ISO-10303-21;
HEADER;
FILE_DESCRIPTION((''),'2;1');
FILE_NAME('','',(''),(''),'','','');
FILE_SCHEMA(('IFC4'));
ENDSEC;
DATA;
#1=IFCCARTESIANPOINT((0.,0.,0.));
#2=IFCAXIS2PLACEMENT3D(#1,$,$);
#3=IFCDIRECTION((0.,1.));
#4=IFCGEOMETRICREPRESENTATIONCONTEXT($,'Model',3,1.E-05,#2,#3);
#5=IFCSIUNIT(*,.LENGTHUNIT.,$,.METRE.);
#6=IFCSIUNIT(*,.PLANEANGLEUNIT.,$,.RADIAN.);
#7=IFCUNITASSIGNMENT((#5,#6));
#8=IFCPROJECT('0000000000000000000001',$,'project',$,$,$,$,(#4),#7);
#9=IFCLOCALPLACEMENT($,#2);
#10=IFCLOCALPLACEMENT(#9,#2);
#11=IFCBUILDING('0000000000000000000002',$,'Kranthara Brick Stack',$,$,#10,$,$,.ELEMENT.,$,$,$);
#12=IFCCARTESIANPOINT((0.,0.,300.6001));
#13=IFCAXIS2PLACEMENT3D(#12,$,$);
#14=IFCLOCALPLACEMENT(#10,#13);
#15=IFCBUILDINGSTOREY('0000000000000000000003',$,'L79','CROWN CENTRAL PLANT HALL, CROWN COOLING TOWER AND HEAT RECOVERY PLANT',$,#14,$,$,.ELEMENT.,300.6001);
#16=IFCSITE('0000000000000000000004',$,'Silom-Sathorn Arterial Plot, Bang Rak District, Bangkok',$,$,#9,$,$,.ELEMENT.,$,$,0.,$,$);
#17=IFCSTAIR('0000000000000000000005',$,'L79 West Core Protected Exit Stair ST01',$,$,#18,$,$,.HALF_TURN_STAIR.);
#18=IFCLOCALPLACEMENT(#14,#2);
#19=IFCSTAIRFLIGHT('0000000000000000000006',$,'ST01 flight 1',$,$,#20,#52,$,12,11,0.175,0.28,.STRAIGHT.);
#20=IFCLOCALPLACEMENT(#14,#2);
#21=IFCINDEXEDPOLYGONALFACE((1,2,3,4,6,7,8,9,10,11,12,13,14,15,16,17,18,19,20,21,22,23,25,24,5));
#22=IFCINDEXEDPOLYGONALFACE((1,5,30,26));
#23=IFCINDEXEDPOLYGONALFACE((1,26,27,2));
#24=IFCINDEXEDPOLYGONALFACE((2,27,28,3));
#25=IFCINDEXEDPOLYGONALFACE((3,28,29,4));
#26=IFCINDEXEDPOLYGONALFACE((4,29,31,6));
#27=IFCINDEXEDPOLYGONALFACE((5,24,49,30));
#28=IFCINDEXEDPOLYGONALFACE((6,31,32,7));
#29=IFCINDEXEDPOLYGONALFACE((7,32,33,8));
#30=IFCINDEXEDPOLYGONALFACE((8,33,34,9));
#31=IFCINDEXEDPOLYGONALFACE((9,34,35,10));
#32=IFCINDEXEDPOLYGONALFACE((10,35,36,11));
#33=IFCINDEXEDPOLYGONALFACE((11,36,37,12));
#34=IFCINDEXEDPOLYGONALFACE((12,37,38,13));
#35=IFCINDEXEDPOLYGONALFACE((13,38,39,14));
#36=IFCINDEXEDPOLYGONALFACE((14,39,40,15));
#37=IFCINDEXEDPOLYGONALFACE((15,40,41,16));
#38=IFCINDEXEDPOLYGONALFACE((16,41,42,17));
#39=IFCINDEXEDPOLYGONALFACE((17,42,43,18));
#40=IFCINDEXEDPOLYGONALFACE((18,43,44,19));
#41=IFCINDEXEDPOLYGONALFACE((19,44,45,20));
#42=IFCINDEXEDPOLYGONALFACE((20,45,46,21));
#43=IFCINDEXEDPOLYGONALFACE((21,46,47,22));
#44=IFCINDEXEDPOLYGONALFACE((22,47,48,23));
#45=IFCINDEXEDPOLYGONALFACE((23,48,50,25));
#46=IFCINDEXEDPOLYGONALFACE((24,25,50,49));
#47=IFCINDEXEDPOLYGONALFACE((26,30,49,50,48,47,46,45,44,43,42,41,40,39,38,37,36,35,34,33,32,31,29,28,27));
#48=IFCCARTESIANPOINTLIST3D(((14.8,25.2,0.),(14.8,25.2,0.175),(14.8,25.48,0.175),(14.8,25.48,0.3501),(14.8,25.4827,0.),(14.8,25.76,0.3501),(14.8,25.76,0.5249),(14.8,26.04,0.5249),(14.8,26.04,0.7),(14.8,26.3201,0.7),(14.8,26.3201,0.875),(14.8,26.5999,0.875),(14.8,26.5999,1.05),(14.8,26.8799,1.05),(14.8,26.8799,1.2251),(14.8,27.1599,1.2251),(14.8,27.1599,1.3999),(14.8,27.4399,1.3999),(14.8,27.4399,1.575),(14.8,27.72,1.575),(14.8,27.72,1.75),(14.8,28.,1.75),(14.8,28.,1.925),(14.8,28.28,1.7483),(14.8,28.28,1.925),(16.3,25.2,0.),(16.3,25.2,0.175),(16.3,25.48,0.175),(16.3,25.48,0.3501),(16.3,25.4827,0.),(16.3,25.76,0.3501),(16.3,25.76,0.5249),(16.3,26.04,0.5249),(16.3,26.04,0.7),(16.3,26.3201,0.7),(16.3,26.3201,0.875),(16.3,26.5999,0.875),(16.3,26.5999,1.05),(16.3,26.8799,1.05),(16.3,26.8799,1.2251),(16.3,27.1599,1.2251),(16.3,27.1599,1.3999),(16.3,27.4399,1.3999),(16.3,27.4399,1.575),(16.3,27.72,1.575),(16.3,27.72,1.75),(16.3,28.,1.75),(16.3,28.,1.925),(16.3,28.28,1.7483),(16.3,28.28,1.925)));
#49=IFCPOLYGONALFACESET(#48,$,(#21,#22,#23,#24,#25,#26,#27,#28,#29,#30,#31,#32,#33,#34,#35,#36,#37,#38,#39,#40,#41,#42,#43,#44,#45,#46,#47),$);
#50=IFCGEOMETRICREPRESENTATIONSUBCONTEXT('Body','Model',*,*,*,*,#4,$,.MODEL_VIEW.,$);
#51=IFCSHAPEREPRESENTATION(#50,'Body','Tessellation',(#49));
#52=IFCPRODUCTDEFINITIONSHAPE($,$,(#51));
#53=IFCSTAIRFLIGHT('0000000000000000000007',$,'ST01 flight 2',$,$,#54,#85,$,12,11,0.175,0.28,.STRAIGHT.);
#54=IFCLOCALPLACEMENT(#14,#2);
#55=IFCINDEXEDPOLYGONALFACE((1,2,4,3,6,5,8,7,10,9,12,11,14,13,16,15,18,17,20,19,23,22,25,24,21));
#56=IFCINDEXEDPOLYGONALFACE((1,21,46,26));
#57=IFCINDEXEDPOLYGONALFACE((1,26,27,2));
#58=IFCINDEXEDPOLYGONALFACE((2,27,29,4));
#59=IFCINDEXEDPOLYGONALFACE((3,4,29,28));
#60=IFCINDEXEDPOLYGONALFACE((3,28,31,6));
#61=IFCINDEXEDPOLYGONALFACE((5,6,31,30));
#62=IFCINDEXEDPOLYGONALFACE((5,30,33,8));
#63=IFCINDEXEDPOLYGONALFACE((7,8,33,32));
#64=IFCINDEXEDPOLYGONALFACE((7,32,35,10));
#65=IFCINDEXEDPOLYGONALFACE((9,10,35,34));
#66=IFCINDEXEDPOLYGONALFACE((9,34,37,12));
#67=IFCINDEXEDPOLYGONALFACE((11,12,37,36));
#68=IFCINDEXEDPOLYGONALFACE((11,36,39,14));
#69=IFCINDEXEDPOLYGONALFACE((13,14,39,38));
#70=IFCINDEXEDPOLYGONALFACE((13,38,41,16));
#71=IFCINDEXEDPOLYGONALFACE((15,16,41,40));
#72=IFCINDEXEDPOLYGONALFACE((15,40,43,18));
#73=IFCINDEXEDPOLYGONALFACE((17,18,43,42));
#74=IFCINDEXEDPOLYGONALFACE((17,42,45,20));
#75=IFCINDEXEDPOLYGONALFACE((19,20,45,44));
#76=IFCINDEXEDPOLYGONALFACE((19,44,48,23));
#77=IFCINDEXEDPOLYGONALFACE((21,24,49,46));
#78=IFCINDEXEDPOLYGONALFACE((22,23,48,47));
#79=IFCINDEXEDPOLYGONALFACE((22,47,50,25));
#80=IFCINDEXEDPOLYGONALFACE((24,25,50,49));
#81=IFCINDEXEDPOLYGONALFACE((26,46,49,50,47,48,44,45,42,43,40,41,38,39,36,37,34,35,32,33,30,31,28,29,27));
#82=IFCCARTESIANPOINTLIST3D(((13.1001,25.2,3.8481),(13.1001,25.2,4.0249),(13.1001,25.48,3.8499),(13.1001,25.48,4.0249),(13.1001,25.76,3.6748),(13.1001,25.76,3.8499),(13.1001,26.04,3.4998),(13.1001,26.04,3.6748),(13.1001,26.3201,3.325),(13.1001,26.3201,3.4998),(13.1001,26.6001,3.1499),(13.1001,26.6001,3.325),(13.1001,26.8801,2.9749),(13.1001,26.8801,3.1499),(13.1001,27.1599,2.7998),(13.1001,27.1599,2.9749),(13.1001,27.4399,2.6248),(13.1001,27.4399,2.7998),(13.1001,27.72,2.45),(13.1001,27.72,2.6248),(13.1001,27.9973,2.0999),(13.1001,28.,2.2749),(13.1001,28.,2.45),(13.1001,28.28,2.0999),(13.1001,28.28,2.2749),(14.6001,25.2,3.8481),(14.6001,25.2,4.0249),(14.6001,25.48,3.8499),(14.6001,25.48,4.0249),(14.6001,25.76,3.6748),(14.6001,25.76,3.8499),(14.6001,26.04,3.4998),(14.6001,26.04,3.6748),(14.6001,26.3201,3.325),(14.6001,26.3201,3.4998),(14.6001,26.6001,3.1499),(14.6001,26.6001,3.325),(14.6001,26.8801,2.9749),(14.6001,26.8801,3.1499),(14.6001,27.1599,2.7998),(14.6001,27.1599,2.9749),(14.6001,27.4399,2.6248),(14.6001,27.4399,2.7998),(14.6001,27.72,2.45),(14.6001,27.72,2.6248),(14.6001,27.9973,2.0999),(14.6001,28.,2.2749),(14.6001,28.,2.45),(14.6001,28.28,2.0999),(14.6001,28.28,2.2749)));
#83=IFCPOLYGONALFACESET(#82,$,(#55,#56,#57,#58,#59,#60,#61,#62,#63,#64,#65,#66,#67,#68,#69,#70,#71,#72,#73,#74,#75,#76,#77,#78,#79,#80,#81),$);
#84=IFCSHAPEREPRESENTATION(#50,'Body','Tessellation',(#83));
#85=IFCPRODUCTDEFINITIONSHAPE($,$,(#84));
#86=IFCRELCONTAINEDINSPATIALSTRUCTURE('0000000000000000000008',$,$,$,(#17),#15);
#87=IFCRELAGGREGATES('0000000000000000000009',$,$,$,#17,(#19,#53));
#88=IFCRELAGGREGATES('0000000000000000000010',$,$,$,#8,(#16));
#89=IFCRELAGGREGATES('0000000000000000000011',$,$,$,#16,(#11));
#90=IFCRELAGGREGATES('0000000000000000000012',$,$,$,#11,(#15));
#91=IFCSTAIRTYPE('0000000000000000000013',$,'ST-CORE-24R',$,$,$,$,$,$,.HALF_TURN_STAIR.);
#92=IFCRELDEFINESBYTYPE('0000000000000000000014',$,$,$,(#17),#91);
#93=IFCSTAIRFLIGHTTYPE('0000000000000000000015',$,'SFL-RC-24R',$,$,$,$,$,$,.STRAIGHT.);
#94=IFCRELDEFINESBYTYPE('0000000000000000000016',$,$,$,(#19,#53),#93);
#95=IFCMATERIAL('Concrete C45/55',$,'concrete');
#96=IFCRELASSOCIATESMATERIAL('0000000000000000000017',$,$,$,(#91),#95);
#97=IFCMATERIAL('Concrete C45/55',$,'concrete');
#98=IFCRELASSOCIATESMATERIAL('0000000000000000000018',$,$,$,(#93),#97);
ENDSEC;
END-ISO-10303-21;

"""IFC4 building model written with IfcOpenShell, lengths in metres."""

from ifc_helpers import new_model, si_unit, direction, frame, origin, place, context, subcontext, project, spatial, polyline, outline, extrude, material, type_object, element, aggregate, save


model = new_model("IFC4")

# Units and contexts
model_context = context("Model", 3, precision=1e-05, world=origin(), true_north=direction((0.0, 1.0)))
body_context = subcontext(model_context, "Body", "Model", "MODEL_VIEW")
ifc_project = project(units=[si_unit("LENGTHUNIT", "METRE"), si_unit("PLANEANGLEUNIT", "RADIAN")], contexts=[model_context])

# Site, building, storey
site_placement = place(None, origin())
site = spatial("IfcSite", under=ifc_project, at=site_placement, Name="Silom-Sathorn Arterial Plot, Bang Rak District, Bangkok", CompositionType="ELEMENT", RefElevation=0.0)
building_placement = place(site_placement, origin())
building = spatial("IfcBuilding", under=site, at=building_placement, Name="Kranthara Brick Stack", CompositionType="ELEMENT")
storey_placement = place(building_placement, frame((0.0, 0.0, 300.6001)))
storey = spatial("IfcBuildingStorey", under=building, at=storey_placement, Name="L79", Description="CROWN CENTRAL PLANT HALL, CROWN COOLING TOWER AND HEAT RECOVERY PLANT", CompositionType="ELEMENT", Elevation=300.6001)

# Stair, stair flights
ifc_material_1 = material(Name="Concrete C45/55", Category="concrete")
stair_type = type_object("IfcStairType", Name="ST-CORE-24R", PredefinedType="HALF_TURN_STAIR", material=ifc_material_1)
stair_placement = place(storey_placement, origin())
stair = element("IfcStair", 1, at=stair_placement, inside=storey, type_object=stair_type, Name="L79 West Core Protected Exit Stair ST01", PredefinedType="HALF_TURN_STAIR")
ifc_material_2 = material(Name="Concrete C45/55", Category="concrete")
stair_flight_type = type_object("IfcStairFlightType", Name="SFL-RC-24R", PredefinedType="STRAIGHT", material=ifc_material_2)
stair_flight_1_placement = place(storey_placement, frame((15.55, 25.2, 0.0), z_axis=(0.0, 0.0, 1.0), x_axis=(0.0, 1.0, 0.0)))
stair_flight_1 = element("IfcStairFlight", 2, at=stair_flight_1_placement, type_object=stair_flight_type, Name="ST01 flight 1", NumberOfRisers=12, NumberOfTreads=11, PredefinedType="STRAIGHT", RiserHeight=0.175, TreadLength=0.28, context=body_context, shape_type="SweptSolid", body=[
    extrude(outline(polyline([(0.0, 0.0), (0.0, 0.175), (0.28, 0.175), (0.28, 0.3501), (0.5601, 0.3501), (0.5601, 0.5249), (0.8401, 0.5249), (0.8401, 0.7), (1.1201, 0.7), (1.1201, 0.875), (1.3999, 0.875), (1.3999, 1.05), (1.6799, 1.05), (1.6799, 1.2251), (1.96, 1.2251), (1.96, 1.3999), (2.24, 1.3999), (2.24, 1.575), (2.52, 1.575), (2.52, 1.75), (2.8, 1.75), (2.8, 1.925), (3.0801, 1.925), (3.0801, 2.1001), (3.0801, 1.7483), (0.2827, 0.0), (0.0, 0.0)])), frame((0.0, 0.75, 0.0), z_axis=(0.0, -1.0, 0.0), x_axis=(1.0, 0.0, 0.0)), (0.0, 0.0, 1.0), 1.5),
])
stair_flight_2_placement = place(storey_placement, frame((13.8501, 28.28, 2.0999), z_axis=(0.0, 0.0, 1.0), x_axis=(0.0, -1.0, 0.0)))
stair_flight_2 = element("IfcStairFlight", 3, at=stair_flight_2_placement, type_object=stair_flight_type, Name="ST01 flight 2", NumberOfRisers=12, NumberOfTreads=11, PredefinedType="STRAIGHT", RiserHeight=0.175, TreadLength=0.28, context=body_context, shape_type="SweptSolid", body=[
    extrude(outline(polyline([(0.0, 0.0), (0.0, 0.175), (0.28, 0.175), (0.28, 0.3501), (0.5601, 0.3501), (0.5601, 0.5249), (0.8401, 0.5249), (0.8401, 0.7), (1.1201, 0.7), (1.1201, 0.875), (1.3999, 0.875), (1.3999, 1.05), (1.6799, 1.05), (1.6799, 1.2251), (1.96, 1.2251), (1.96, 1.3999), (2.24, 1.3999), (2.24, 1.575), (2.52, 1.575), (2.52, 1.75), (2.8, 1.75), (2.8, 1.925), (3.0801, 1.925), (3.0801, 2.1001), (3.0801, 1.7483), (0.2827, 0.0), (0.0, 0.0)])), frame((0.0, 0.75, 0.0), z_axis=(0.0, -1.0, 0.0), x_axis=(1.0, 0.0, 0.0)), (0.0, 0.0, 1.0), 1.5),
])
aggregate(stair, [stair_flight_1, stair_flight_2])

save(model, "model.ifc")
